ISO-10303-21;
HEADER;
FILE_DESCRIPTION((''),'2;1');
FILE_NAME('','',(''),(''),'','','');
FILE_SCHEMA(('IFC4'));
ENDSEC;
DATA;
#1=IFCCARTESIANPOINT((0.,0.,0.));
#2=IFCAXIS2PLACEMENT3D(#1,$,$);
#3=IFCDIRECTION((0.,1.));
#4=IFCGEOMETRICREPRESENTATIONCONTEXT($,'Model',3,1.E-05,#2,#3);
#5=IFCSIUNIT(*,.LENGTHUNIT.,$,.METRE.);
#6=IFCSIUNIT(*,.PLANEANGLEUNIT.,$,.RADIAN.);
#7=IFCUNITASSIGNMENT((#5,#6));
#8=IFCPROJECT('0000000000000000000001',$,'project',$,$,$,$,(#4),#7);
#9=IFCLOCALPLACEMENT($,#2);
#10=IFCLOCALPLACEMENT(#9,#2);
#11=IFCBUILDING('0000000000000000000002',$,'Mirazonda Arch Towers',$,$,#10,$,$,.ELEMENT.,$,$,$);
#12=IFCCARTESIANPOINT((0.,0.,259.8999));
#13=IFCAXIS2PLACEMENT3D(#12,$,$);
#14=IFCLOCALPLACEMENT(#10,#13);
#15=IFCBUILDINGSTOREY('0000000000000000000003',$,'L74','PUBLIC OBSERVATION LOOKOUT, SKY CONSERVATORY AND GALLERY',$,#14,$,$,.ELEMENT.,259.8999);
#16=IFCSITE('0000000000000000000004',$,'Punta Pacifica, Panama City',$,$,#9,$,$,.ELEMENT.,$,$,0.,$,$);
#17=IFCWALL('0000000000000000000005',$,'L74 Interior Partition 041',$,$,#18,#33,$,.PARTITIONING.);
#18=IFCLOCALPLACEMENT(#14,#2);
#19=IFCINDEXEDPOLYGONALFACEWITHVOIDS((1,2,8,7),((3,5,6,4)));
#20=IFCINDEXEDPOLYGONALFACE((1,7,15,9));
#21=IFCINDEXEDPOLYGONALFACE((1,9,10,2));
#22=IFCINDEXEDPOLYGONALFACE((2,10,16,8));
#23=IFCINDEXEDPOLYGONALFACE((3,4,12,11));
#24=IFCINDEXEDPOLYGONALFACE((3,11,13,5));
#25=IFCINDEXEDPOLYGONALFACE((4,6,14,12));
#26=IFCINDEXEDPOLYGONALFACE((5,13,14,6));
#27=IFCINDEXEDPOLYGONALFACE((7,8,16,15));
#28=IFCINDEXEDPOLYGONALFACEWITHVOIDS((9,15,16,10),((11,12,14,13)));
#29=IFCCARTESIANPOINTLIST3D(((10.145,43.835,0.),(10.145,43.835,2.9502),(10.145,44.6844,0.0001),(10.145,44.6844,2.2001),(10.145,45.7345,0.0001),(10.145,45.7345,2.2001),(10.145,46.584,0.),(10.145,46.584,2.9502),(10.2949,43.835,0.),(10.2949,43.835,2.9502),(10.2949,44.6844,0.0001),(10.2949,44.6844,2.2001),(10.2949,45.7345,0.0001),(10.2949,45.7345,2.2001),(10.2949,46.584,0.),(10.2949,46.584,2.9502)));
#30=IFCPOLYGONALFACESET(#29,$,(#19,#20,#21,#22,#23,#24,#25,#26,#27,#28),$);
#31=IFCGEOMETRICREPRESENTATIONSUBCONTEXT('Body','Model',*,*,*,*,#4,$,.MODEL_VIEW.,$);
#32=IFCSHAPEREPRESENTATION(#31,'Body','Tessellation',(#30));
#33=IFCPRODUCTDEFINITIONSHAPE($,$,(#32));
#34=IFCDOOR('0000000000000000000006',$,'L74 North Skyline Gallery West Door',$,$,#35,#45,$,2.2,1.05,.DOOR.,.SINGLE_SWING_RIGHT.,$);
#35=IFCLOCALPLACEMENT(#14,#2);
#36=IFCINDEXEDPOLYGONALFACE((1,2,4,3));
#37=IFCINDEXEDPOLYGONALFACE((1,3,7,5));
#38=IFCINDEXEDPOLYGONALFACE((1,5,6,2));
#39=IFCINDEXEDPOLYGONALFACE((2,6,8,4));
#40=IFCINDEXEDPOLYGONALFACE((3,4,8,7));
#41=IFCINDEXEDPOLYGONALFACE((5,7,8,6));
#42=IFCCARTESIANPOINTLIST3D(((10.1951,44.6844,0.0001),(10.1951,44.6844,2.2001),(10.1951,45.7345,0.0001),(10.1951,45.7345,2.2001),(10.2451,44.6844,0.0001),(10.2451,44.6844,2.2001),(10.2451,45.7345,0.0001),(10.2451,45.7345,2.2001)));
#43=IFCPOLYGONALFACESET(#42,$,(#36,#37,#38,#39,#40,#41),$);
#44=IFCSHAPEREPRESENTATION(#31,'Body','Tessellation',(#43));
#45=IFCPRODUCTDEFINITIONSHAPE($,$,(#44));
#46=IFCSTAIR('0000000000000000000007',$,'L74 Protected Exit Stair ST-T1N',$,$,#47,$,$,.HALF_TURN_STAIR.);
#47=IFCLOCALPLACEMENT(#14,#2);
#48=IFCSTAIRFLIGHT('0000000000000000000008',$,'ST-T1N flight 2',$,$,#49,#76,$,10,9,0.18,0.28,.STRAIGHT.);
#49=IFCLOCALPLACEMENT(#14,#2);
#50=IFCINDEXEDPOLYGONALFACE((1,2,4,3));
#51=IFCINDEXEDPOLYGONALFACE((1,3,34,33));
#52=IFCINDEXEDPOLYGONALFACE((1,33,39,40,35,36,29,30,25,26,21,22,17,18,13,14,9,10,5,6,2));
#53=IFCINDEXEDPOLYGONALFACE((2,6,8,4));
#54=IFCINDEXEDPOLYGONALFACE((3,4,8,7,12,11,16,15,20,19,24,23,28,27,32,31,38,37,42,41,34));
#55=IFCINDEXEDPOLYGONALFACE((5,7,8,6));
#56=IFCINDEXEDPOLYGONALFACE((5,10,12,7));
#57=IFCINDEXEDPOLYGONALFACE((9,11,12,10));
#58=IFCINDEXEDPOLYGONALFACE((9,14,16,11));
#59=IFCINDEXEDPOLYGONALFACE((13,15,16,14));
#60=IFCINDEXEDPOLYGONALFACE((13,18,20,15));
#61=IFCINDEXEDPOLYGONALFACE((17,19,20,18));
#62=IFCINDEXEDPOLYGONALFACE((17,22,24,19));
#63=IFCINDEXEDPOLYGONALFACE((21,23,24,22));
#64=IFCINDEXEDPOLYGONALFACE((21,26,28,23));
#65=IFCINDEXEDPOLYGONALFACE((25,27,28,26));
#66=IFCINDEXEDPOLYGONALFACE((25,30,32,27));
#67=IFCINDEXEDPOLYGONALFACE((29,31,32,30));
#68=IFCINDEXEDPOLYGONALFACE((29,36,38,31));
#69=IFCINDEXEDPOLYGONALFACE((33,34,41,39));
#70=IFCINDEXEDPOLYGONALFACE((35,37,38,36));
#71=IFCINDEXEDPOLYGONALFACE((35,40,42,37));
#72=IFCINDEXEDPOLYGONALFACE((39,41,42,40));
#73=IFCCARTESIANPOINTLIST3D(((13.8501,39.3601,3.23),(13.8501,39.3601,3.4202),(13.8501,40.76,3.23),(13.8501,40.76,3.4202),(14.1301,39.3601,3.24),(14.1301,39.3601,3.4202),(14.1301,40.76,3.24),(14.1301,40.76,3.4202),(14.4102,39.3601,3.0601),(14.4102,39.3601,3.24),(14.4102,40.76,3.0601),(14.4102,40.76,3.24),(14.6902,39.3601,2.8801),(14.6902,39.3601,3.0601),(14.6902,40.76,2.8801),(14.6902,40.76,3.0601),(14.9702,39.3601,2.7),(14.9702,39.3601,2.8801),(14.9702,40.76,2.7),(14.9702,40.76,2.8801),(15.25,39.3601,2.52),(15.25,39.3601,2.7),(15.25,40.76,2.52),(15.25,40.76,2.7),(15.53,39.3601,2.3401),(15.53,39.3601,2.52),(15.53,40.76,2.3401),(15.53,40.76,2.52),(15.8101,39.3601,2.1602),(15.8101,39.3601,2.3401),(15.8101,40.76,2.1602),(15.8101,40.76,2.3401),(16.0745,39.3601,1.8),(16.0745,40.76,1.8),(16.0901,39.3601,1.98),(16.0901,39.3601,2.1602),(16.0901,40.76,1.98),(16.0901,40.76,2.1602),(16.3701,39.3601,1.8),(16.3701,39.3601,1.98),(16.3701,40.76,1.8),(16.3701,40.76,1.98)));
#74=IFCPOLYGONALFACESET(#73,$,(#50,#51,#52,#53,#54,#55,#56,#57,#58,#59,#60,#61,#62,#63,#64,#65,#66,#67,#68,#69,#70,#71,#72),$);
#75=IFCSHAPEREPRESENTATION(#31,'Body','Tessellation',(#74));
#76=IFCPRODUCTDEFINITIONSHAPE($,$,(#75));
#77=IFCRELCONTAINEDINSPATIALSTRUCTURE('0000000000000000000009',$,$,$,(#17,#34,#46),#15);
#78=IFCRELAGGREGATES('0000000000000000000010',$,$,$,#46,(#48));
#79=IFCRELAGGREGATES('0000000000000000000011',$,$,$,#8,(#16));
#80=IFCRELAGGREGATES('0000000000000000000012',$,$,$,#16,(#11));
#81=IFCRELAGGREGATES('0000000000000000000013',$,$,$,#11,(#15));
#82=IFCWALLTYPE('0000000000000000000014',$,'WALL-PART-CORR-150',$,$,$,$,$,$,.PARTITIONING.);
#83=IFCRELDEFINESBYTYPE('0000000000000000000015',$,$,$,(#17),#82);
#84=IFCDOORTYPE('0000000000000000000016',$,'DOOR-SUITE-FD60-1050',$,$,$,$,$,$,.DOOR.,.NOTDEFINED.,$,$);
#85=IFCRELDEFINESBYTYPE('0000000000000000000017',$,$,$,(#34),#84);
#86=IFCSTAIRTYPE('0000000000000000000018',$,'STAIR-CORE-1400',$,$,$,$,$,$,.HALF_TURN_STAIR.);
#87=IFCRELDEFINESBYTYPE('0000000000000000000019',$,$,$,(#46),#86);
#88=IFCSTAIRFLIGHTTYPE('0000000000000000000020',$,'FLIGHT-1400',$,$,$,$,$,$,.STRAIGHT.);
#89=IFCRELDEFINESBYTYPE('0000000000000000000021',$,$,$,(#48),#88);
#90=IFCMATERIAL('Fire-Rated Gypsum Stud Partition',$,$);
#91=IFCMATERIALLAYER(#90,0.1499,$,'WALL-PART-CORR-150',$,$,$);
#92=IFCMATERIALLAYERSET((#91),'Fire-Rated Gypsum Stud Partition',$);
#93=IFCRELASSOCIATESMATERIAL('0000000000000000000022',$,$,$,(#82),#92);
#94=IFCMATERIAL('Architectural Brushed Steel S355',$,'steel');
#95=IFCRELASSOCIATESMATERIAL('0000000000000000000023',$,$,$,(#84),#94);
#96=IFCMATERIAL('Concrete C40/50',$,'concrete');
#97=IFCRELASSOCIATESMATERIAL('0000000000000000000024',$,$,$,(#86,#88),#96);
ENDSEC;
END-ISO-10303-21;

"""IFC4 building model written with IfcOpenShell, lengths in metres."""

from ifc_helpers import new_model, si_unit, direction, frame, frame_2d, origin, place, context, subcontext, project, spatial, polyline, rectangle, outline, extrude, material, layer, layer_set, type_object, element, fill, aggregate, save


model = new_model("IFC4")

# Units and contexts
model_context = context("Model", 3, precision=1e-05, world=origin(), true_north=direction((0.0, 1.0)))
body_context = subcontext(model_context, "Body", "Model", "MODEL_VIEW")
ifc_project = project(units=[si_unit("LENGTHUNIT", "METRE"), si_unit("PLANEANGLEUNIT", "RADIAN")], contexts=[model_context])

# Site, building, storey
site_placement = place(None, origin())
site = spatial("IfcSite", under=ifc_project, at=site_placement, Name="Punta Pacifica, Panama City", CompositionType="ELEMENT", RefElevation=0.0)
building_placement = place(site_placement, origin())
building = spatial("IfcBuilding", under=site, at=building_placement, Name="Mirazonda Arch Towers", CompositionType="ELEMENT")
storey_placement = place(building_placement, frame((0.0, 0.0, 259.8999)))
storey = spatial("IfcBuildingStorey", under=building, at=storey_placement, Name="L74", Description="PUBLIC OBSERVATION LOOKOUT, SKY CONSERVATORY AND GALLERY", CompositionType="ELEMENT", Elevation=259.8999)

# Shared definitions
ifc_material_1 = material(Name="Fire-Rated Gypsum Stud Partition")
ifc_layer_1 = layer(ifc_material_1, 0.1499, Name="WALL-PART-CORR-150")
ifc_layer_set_1 = layer_set([ifc_layer_1], Name="Fire-Rated Gypsum Stud Partition")
wall_type_1 = type_object("IfcWallType", Name="WALL-PART-CORR-150", PredefinedType="PARTITIONING", material=ifc_layer_set_1)

# Wall, opening, door
wall_1_placement = place(storey_placement, frame((10.22, 43.835, 0.0), z_axis=(0.0, 0.0, 1.0), x_axis=(0.0, 1.0, 0.0)))
wall_1 = element("IfcWall", 1, at=wall_1_placement, inside=storey, type_object=wall_type_1, Name="L74 Interior Partition 041", PredefinedType="PARTITIONING", context=body_context, shape_type="SweptSolid", body=[
    extrude(rectangle(XDim=2.749, YDim=0.1499, at=frame_2d((1.3745, 0.0))), origin(), (0.0, 0.0, 1.0), 2.9502),
])
opening_placement = place(wall_1_placement, frame((0.8496, 0.0, 0.0)))
opening = element("IfcOpeningElement", 2, at=opening_placement, cuts=wall_1, PredefinedType="OPENING", context=body_context, shape_type="SweptSolid", body=[
    extrude(rectangle(XDim=1.05, YDim=2.2, at=frame_2d((0.5249, 1.1001))), frame((0.0, 0.085, 0.0), z_axis=(0.0, -1.0, 0.0), x_axis=(1.0, 0.0, 0.0)), (0.0, 0.0, 1.0), 0.1699),
])
ifc_material_2 = material(Name="Architectural Brushed Steel S355", Category="steel")
door_type = type_object("IfcDoorType", Name="DOOR-SUITE-FD60-1050", OperationType="NOTDEFINED", PredefinedType="DOOR", material=ifc_material_2)
door_placement = place(opening_placement, origin())
door = element("IfcDoor", 3, at=door_placement, inside=storey, type_object=door_type, Name="L74 North Skyline Gallery West Door", OperationType="SINGLE_SWING_RIGHT", OverallHeight=2.2, OverallWidth=1.05, PredefinedType="DOOR", context=body_context, shape_type="SweptSolid", body=[
    extrude(rectangle(XDim=1.05, YDim=2.2, at=frame_2d((0.5249, 1.1001))), frame((0.0, 0.0249, 0.0), z_axis=(0.0, -1.0, 0.0), x_axis=(1.0, 0.0, 0.0)), (0.0, 0.0, 1.0), 0.05),
])
fill(opening, door)

# Stair, stair flight
ifc_material_3 = material(Name="Concrete C40/50", Category="concrete")
stair_type = type_object("IfcStairType", Name="STAIR-CORE-1400", PredefinedType="HALF_TURN_STAIR", material=ifc_material_3)
stair_placement = place(storey_placement, origin())
stair = element("IfcStair", 4, at=stair_placement, inside=storey, type_object=stair_type, Name="L74 Protected Exit Stair ST-T1N", PredefinedType="HALF_TURN_STAIR")
stair_flight_type = type_object("IfcStairFlightType", Name="FLIGHT-1400", PredefinedType="STRAIGHT", material=ifc_material_3)
stair_flight_placement = place(storey_placement, frame((16.3701, 40.0601, 1.8), z_axis=(0.0, 0.0, 1.0), x_axis=(-1.0, 0.0, 0.0)))
stair_flight = element("IfcStairFlight", 5, at=stair_flight_placement, type_object=stair_flight_type, Name="ST-T1N flight 2", NumberOfRisers=10, NumberOfTreads=9, PredefinedType="STRAIGHT", RiserHeight=0.18, TreadLength=0.28, context=body_context, shape_type="SweptSolid", body=[
    extrude(outline(polyline([(0.0, 0.0), (0.0, 0.1799), (0.28, 0.1799), (0.28, 0.3601), (0.5601, 0.3601), (0.5601, 0.54), (0.8401, 0.54), (0.8401, 0.72), (1.1201, 0.72), (1.1201, 0.8999), (1.3999, 0.8999), (1.3999, 1.0801), (1.6799, 1.0801), (1.6799, 1.26), (1.96, 1.26), (1.96, 1.4399), (2.24, 1.4399), (2.24, 1.6201), (2.52, 1.6201), (2.52, 1.8), (2.52, 1.4299), (0.2957, 0.0), (0.0, 0.0)])), frame((0.0, 0.7, 0.0), z_axis=(0.0, -1.0, 0.0), x_axis=(1.0, 0.0, 0.0)), (0.0, 0.0, 1.0), 1.3999),
])
aggregate(stair, [stair_flight])

save(model, "model.ifc")
